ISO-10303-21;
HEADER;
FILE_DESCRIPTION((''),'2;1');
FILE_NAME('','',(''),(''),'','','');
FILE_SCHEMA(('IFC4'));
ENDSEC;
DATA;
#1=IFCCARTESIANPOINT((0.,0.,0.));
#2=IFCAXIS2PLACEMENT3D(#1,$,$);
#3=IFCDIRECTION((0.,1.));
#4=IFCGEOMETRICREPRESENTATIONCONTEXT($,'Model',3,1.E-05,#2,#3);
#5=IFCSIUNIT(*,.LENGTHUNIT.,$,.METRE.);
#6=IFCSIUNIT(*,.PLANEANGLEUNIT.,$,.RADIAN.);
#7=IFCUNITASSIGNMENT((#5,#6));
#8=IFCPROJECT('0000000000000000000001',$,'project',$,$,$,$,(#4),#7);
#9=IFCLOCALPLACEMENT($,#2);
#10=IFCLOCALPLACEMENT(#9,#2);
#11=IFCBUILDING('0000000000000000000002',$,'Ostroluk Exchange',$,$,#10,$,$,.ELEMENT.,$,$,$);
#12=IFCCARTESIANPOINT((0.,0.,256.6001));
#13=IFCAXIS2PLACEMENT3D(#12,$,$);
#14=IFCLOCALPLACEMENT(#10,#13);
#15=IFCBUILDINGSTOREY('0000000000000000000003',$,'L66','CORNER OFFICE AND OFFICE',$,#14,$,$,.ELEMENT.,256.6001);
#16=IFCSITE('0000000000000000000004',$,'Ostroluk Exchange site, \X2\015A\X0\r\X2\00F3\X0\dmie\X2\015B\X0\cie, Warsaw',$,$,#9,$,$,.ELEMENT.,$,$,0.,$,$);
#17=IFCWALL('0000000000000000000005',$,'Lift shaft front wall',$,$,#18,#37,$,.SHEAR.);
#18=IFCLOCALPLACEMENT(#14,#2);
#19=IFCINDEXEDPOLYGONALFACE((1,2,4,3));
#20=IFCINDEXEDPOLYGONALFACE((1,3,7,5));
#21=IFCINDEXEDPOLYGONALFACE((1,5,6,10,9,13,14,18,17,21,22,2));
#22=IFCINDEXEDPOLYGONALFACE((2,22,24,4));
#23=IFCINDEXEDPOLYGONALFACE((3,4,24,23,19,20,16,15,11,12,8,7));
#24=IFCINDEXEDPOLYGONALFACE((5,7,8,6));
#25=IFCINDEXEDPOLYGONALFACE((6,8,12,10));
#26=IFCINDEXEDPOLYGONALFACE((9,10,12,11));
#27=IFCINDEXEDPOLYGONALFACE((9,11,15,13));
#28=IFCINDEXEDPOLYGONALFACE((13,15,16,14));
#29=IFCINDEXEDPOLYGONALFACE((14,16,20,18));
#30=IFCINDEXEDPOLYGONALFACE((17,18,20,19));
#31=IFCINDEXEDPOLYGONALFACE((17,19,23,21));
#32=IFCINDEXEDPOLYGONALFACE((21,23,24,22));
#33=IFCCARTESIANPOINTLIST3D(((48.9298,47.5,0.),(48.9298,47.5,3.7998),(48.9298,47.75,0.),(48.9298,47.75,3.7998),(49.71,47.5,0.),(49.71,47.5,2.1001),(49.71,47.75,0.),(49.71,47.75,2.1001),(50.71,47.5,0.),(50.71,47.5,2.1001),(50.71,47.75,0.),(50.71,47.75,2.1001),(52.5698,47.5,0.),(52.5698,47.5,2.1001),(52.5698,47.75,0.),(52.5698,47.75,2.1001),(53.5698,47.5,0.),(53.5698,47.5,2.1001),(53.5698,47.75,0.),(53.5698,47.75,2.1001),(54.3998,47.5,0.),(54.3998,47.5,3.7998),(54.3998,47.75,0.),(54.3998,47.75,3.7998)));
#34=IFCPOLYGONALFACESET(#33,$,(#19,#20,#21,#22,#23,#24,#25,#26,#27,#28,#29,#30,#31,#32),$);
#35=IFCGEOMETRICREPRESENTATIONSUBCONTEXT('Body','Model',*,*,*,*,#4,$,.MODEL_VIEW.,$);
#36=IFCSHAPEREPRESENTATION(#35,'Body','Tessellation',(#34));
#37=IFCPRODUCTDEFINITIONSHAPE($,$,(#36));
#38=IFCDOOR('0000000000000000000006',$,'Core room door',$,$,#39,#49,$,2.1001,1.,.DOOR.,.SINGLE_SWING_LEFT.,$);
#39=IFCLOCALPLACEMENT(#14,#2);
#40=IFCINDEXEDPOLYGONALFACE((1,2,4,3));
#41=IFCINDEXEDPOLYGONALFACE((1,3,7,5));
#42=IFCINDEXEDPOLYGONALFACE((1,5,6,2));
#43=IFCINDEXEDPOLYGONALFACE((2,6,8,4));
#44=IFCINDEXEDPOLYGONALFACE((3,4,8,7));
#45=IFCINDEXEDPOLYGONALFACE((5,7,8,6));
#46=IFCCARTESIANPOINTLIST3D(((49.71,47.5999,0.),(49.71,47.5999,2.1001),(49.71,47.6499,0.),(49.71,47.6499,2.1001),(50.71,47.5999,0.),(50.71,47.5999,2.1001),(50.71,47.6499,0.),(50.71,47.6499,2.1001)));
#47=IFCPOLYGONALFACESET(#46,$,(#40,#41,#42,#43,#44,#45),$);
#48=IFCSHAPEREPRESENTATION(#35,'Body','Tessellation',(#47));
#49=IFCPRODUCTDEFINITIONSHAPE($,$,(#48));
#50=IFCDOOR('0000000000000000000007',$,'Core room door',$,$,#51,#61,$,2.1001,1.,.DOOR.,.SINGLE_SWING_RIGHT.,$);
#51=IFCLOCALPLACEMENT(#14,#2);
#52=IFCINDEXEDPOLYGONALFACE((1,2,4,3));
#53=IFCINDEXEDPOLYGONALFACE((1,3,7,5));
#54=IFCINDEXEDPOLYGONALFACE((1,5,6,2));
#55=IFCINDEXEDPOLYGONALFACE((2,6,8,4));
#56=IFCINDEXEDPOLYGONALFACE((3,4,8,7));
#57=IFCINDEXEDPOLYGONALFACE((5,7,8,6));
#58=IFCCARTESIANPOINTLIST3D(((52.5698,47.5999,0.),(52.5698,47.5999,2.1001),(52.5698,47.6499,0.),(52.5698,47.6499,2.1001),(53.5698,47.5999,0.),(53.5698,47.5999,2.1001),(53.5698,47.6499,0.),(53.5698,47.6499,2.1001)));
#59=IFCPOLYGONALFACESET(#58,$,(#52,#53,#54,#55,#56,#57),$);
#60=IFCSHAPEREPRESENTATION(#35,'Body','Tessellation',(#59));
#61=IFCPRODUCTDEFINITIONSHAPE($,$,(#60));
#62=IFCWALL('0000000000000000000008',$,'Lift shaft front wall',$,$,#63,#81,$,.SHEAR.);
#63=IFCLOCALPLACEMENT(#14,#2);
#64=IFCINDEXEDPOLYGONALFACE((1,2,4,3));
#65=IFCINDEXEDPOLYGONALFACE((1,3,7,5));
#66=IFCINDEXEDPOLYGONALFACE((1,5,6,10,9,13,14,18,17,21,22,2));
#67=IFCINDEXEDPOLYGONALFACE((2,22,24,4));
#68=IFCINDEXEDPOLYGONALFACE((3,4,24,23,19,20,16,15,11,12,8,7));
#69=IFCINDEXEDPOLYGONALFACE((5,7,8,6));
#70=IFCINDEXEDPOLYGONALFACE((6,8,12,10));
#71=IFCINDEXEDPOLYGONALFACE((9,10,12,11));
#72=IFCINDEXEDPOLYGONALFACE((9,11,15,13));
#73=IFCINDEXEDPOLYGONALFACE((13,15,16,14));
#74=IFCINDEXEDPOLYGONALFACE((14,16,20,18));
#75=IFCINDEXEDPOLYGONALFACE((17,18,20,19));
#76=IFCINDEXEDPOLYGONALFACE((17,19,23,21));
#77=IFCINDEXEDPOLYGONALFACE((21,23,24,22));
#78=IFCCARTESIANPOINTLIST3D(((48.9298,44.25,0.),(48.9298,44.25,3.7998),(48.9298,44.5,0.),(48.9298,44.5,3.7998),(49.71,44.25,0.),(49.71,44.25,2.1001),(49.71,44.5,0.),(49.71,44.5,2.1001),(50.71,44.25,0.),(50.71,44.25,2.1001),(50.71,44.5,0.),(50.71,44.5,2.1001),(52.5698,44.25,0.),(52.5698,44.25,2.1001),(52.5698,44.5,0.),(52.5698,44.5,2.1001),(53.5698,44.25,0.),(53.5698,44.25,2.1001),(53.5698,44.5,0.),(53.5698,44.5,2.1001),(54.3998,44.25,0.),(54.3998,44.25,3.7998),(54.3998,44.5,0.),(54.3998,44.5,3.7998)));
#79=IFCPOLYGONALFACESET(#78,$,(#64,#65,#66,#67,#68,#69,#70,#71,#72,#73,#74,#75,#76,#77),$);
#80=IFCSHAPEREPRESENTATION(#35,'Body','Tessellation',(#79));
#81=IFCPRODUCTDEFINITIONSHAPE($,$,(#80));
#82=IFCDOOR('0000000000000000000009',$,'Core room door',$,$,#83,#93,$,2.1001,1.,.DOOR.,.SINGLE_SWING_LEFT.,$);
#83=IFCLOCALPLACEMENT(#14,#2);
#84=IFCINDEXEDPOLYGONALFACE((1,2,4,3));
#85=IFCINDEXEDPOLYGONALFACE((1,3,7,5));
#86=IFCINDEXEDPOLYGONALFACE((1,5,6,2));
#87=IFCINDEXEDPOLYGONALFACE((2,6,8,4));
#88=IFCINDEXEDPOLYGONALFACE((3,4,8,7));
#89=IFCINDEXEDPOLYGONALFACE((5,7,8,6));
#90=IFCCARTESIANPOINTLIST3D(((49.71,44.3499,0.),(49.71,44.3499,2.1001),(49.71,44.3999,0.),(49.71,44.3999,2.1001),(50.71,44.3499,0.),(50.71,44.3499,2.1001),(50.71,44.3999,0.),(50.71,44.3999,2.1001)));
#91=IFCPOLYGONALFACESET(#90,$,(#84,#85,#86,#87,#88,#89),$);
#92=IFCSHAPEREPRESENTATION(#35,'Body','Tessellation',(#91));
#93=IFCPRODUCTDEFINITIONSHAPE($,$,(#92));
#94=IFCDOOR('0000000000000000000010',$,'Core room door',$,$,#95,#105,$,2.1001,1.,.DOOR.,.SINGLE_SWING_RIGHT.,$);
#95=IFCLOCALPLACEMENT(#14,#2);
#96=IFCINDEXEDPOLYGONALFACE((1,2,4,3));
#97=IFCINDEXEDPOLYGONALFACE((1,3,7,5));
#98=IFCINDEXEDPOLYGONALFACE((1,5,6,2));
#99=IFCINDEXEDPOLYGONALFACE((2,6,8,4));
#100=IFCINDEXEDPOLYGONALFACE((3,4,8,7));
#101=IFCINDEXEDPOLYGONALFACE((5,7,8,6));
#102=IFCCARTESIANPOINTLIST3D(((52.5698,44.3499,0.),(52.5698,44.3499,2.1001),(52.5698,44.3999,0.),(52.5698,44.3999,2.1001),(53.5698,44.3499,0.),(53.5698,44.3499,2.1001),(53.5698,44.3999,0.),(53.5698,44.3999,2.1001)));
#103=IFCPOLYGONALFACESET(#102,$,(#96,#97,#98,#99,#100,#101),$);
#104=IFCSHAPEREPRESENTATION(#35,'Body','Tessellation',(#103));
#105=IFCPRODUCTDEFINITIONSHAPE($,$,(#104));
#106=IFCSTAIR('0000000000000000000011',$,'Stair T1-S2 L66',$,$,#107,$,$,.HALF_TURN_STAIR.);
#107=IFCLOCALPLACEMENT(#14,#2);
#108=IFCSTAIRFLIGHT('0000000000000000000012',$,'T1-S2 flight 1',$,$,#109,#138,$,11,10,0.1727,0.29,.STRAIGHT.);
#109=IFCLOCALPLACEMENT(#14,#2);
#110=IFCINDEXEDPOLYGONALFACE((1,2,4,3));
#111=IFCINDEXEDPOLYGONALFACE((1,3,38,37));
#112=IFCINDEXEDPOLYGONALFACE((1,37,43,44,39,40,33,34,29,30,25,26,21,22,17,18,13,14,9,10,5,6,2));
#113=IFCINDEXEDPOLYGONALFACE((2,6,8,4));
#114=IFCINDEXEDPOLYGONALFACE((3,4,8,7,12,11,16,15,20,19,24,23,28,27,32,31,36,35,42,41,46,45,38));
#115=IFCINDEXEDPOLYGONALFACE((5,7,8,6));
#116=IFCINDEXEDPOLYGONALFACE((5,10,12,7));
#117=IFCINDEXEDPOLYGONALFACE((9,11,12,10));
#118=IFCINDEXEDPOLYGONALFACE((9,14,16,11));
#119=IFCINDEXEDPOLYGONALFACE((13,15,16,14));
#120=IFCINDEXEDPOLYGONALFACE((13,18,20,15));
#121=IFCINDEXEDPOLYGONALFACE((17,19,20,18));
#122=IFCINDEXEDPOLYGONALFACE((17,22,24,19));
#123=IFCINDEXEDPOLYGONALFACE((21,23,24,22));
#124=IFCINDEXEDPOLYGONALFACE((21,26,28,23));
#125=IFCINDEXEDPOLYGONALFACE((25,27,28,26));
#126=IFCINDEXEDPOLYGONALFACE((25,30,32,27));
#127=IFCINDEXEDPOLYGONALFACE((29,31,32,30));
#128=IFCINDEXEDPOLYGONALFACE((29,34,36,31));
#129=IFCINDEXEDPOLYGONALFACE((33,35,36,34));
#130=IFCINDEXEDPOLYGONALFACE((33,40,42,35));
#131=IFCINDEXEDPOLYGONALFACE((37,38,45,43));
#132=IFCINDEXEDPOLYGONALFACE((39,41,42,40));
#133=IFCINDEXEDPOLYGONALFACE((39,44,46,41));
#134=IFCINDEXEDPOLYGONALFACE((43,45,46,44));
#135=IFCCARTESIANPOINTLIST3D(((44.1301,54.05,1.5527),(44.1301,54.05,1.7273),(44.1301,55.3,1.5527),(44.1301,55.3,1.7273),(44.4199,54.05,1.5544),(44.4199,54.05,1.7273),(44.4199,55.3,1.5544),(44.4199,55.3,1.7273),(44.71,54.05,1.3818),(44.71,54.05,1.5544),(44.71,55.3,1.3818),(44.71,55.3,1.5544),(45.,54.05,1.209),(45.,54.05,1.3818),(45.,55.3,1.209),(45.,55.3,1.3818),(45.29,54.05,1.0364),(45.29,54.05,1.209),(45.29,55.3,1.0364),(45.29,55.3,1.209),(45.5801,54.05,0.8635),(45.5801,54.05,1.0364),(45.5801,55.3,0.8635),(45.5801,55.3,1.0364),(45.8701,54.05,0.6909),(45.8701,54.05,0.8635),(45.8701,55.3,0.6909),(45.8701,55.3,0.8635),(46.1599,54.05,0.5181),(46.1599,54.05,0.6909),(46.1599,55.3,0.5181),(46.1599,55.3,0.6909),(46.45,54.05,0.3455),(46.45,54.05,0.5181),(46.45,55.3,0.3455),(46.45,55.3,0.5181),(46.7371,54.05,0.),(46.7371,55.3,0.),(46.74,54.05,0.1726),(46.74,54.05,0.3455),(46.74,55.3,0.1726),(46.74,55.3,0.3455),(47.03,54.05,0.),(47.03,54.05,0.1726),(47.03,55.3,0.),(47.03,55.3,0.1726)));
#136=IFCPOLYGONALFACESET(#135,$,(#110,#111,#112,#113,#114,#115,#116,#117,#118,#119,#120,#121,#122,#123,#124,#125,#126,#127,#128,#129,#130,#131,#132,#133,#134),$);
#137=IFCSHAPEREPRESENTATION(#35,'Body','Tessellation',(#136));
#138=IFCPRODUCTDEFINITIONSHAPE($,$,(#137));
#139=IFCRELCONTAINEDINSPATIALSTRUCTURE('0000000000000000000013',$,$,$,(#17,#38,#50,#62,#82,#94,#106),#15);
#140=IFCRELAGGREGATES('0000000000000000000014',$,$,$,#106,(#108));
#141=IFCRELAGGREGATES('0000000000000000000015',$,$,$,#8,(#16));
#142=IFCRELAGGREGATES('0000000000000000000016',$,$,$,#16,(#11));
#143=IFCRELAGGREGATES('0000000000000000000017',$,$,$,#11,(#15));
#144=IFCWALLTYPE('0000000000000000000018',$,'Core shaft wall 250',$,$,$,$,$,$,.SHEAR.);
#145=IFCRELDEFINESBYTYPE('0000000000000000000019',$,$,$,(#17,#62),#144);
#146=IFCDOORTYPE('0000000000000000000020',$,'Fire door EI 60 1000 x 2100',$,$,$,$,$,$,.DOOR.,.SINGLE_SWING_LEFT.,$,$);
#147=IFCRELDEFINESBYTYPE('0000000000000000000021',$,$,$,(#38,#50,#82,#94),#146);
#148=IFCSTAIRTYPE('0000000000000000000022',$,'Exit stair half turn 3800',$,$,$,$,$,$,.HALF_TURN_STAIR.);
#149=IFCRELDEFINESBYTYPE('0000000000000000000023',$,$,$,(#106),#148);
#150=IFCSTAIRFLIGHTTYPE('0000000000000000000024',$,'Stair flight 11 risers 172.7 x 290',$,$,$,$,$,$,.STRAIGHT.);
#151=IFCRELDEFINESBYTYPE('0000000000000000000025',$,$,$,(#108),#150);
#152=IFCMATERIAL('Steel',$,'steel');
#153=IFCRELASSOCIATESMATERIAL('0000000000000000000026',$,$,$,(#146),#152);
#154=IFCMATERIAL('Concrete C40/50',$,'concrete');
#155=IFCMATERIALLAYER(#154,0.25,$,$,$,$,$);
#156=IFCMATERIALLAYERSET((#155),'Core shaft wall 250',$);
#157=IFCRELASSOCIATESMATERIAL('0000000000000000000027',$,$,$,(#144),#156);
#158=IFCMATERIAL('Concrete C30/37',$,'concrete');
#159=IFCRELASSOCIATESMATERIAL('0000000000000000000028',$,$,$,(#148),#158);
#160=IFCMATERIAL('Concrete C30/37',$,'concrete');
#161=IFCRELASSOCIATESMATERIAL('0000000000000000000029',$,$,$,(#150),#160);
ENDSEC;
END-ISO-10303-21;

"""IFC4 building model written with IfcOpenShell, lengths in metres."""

from ifc_helpers import new_model, si_unit, direction, frame, frame_2d, origin, place, context, subcontext, project, spatial, polyline, rectangle, outline, extrude, material, layer, layer_set, type_object, element, fill, aggregate, save


model = new_model("IFC4")

# Units and contexts
model_context = context("Model", 3, precision=1e-05, world=origin(), true_north=direction((0.0, 1.0)))
body_context = subcontext(model_context, "Body", "Model", "MODEL_VIEW")
ifc_project = project(units=[si_unit("LENGTHUNIT", "METRE"), si_unit("PLANEANGLEUNIT", "RADIAN")], contexts=[model_context])

# Site, building, storey
site_placement = place(None, origin())
site = spatial("IfcSite", under=ifc_project, at=site_placement, Name="Ostroluk Exchange site, Śródmieście, Warsaw", CompositionType="ELEMENT", RefElevation=0.0)
building_placement = place(site_placement, origin())
building = spatial("IfcBuilding", under=site, at=building_placement, Name="Ostroluk Exchange", CompositionType="ELEMENT")
storey_placement = place(building_placement, frame((0.0, 0.0, 256.6001)))
storey = spatial("IfcBuildingStorey", under=building, at=storey_placement, Name="L66", Description="CORNER OFFICE AND OFFICE", CompositionType="ELEMENT", Elevation=256.6001)

# Shared definitions
ifc_material_1 = material(Name="Steel", Category="steel")
door_type_1 = type_object("IfcDoorType", Name="Fire door EI 60 1000 x 2100", OperationType="SINGLE_SWING_LEFT", PredefinedType="DOOR", material=ifc_material_1)
ifc_material_2 = material(Name="Concrete C40/50", Category="concrete")
ifc_layer_1 = layer(ifc_material_2, 0.25)
ifc_layer_set_1 = layer_set([ifc_layer_1], Name="Core shaft wall 250")
wall_type_1 = type_object("IfcWallType", Name="Core shaft wall 250", PredefinedType="SHEAR", material=ifc_layer_set_1)

# Walls, openings, doors
wall_1_placement = place(storey_placement, frame((48.9299, 47.625, 0.0), z_axis=(0.0, 0.0, 1.0), x_axis=(1.0, 0.0, 0.0)))
wall_1 = element("IfcWall", 1, at=wall_1_placement, inside=storey, type_object=wall_type_1, Name="Lift shaft front wall", PredefinedType="SHEAR", context=body_context, shape_type="SweptSolid", body=[
    extrude(rectangle(XDim=5.47, YDim=0.25, at=frame_2d((2.7349, 0.0))), origin(), (0.0, 0.0, 1.0), 3.7998),
])
opening_1_placement = place(wall_1_placement, frame((0.78, 0.0, 0.0)))
opening_1 = element("IfcOpeningElement", 2, at=opening_1_placement, cuts=wall_1, PredefinedType="OPENING", context=body_context, shape_type="SweptSolid", body=[
    extrude(rectangle(XDim=1.0, YDim=2.1001, at=frame_2d((0.5, 1.05))), frame((0.0, 0.135, 0.0), z_axis=(0.0, -1.0, 0.0), x_axis=(1.0, 0.0, 0.0)), (0.0, 0.0, 1.0), 0.27),
])
opening_2_placement = place(wall_1_placement, frame((3.6399, 0.0, 0.0)))
opening_2 = element("IfcOpeningElement", 3, at=opening_2_placement, cuts=wall_1, PredefinedType="OPENING", context=body_context, shape_type="SweptSolid", body=[
    extrude(rectangle(XDim=1.0, YDim=2.1001, at=frame_2d((0.5, 1.05))), frame((0.0, 0.135, 0.0), z_axis=(0.0, -1.0, 0.0), x_axis=(1.0, 0.0, 0.0)), (0.0, 0.0, 1.0), 0.27),
])
door_1_placement = place(opening_1_placement, origin())
door_1 = element("IfcDoor", 4, at=door_1_placement, inside=storey, type_object=door_type_1, Name="Core room door", OperationType="SINGLE_SWING_LEFT", OverallHeight=2.1001, OverallWidth=1.0, PredefinedType="DOOR", context=body_context, shape_type="SweptSolid", body=[
    extrude(rectangle(XDim=1.0, YDim=2.1001, at=frame_2d((0.5, 1.05))), frame((0.0, 0.0249, 0.0), z_axis=(0.0, -1.0, 0.0), x_axis=(1.0, 0.0, 0.0)), (0.0, 0.0, 1.0), 0.05),
])
fill(opening_1, door_1)
door_2_placement = place(opening_2_placement, origin())
door_2 = element("IfcDoor", 5, at=door_2_placement, inside=storey, type_object=door_type_1, Name="Core room door", OperationType="SINGLE_SWING_RIGHT", OverallHeight=2.1001, OverallWidth=1.0, PredefinedType="DOOR", context=body_context, shape_type="SweptSolid", body=[
    extrude(rectangle(XDim=1.0, YDim=2.1001, at=frame_2d((0.5, 1.05))), frame((0.0, 0.0249, 0.0), z_axis=(0.0, -1.0, 0.0), x_axis=(1.0, 0.0, 0.0)), (0.0, 0.0, 1.0), 0.05),
])
fill(opening_2, door_2)
wall_2_placement = place(storey_placement, frame((48.9299, 44.375, 0.0), z_axis=(0.0, 0.0, 1.0), x_axis=(1.0, 0.0, 0.0)))
wall_2 = element("IfcWall", 6, at=wall_2_placement, inside=storey, type_object=wall_type_1, Name="Lift shaft front wall", PredefinedType="SHEAR", context=body_context, shape_type="SweptSolid", body=[
    extrude(rectangle(XDim=5.47, YDim=0.25, at=frame_2d((2.7349, 0.0))), origin(), (0.0, 0.0, 1.0), 3.7998),
])
opening_3_placement = place(wall_2_placement, frame((0.78, 0.0, 0.0)))
opening_3 = element("IfcOpeningElement", 7, at=opening_3_placement, cuts=wall_2, PredefinedType="OPENING", context=body_context, shape_type="SweptSolid", body=[
    extrude(rectangle(XDim=1.0, YDim=2.1001, at=frame_2d((0.5, 1.05))), frame((0.0, 0.135, 0.0), z_axis=(0.0, -1.0, 0.0), x_axis=(1.0, 0.0, 0.0)), (0.0, 0.0, 1.0), 0.27),
])
opening_4_placement = place(wall_2_placement, frame((3.6399, 0.0, 0.0)))
opening_4 = element("IfcOpeningElement", 8, at=opening_4_placement, cuts=wall_2, PredefinedType="OPENING", context=body_context, shape_type="SweptSolid", body=[
    extrude(rectangle(XDim=1.0, YDim=2.1001, at=frame_2d((0.5, 1.05))), frame((0.0, 0.135, 0.0), z_axis=(0.0, -1.0, 0.0), x_axis=(1.0, 0.0, 0.0)), (0.0, 0.0, 1.0), 0.27),
])
door_3_placement = place(opening_3_placement, origin())
door_3 = element("IfcDoor", 9, at=door_3_placement, inside=storey, type_object=door_type_1, Name="Core room door", OperationType="SINGLE_SWING_LEFT", OverallHeight=2.1001, OverallWidth=1.0, PredefinedType="DOOR", context=body_context, shape_type="SweptSolid", body=[
    extrude(rectangle(XDim=1.0, YDim=2.1001, at=frame_2d((0.5, 1.05))), frame((0.0, 0.0249, 0.0), z_axis=(0.0, -1.0, 0.0), x_axis=(1.0, 0.0, 0.0)), (0.0, 0.0, 1.0), 0.05),
])
fill(opening_3, door_3)
door_4_placement = place(opening_4_placement, origin())
door_4 = element("IfcDoor", 10, at=door_4_placement, inside=storey, type_object=door_type_1, Name="Core room door", OperationType="SINGLE_SWING_RIGHT", OverallHeight=2.1001, OverallWidth=1.0, PredefinedType="DOOR", context=body_context, shape_type="SweptSolid", body=[
    extrude(rectangle(XDim=1.0, YDim=2.1001, at=frame_2d((0.5, 1.05))), frame((0.0, 0.0249, 0.0), z_axis=(0.0, -1.0, 0.0), x_axis=(1.0, 0.0, 0.0)), (0.0, 0.0, 1.0), 0.05),
])
fill(opening_4, door_4)

# Stair, stair flight
ifc_material_3 = material(Name="Concrete C30/37", Category="concrete")
stair_type = type_object("IfcStairType", Name="Exit stair half turn 3800", PredefinedType="HALF_TURN_STAIR", material=ifc_material_3)
stair_placement = place(storey_placement, origin())
stair = element("IfcStair", 11, at=stair_placement, inside=storey, type_object=stair_type, Name="Stair T1-S2 L66", PredefinedType="HALF_TURN_STAIR")
ifc_material_4 = material(Name="Concrete C30/37", Category="concrete")
stair_flight_type = type_object("IfcStairFlightType", Name="Stair flight 11 risers 172.7 x 290", PredefinedType="STRAIGHT", material=ifc_material_4)
stair_flight_placement = place(storey_placement, frame((47.03, 54.675, 0.0), z_axis=(0.0, 0.0, 1.0), x_axis=(-1.0, 0.0, 0.0)))
stair_flight = element("IfcStairFlight", 12, at=stair_flight_placement, type_object=stair_flight_type, Name="T1-S2 flight 1", NumberOfRisers=11, NumberOfTreads=10, PredefinedType="STRAIGHT", RiserHeight=0.1727, TreadLength=0.29, context=body_context, shape_type="SweptSolid", body=[
    extrude(outline(polyline([(0.0, 0.0), (0.0, 0.1726), (0.29, 0.1726), (0.29, 0.3455), (0.5801, 0.3455), (0.5801, 0.5181), (0.8701, 0.5181), (0.8701, 0.6909), (1.1599, 0.6909), (1.1599, 0.8635), (1.45, 0.8635), (1.45, 1.0364), (1.74, 1.0364), (1.74, 1.209), (2.03, 1.209), (2.03, 1.3818), (2.3201, 1.3818), (2.3201, 1.5544), (2.6101, 1.5544), (2.6101, 1.7273), (2.8999, 1.7273), (2.8999, 1.8999), (2.8999, 1.5527), (0.293, 0.0), (0.0, 0.0)])), frame((0.0, 0.625, 0.0), z_axis=(0.0, -1.0, 0.0), x_axis=(1.0, 0.0, 0.0)), (0.0, 0.0, 1.0), 1.25),
])
aggregate(stair, [stair_flight])

save(model, "model.ifc")
